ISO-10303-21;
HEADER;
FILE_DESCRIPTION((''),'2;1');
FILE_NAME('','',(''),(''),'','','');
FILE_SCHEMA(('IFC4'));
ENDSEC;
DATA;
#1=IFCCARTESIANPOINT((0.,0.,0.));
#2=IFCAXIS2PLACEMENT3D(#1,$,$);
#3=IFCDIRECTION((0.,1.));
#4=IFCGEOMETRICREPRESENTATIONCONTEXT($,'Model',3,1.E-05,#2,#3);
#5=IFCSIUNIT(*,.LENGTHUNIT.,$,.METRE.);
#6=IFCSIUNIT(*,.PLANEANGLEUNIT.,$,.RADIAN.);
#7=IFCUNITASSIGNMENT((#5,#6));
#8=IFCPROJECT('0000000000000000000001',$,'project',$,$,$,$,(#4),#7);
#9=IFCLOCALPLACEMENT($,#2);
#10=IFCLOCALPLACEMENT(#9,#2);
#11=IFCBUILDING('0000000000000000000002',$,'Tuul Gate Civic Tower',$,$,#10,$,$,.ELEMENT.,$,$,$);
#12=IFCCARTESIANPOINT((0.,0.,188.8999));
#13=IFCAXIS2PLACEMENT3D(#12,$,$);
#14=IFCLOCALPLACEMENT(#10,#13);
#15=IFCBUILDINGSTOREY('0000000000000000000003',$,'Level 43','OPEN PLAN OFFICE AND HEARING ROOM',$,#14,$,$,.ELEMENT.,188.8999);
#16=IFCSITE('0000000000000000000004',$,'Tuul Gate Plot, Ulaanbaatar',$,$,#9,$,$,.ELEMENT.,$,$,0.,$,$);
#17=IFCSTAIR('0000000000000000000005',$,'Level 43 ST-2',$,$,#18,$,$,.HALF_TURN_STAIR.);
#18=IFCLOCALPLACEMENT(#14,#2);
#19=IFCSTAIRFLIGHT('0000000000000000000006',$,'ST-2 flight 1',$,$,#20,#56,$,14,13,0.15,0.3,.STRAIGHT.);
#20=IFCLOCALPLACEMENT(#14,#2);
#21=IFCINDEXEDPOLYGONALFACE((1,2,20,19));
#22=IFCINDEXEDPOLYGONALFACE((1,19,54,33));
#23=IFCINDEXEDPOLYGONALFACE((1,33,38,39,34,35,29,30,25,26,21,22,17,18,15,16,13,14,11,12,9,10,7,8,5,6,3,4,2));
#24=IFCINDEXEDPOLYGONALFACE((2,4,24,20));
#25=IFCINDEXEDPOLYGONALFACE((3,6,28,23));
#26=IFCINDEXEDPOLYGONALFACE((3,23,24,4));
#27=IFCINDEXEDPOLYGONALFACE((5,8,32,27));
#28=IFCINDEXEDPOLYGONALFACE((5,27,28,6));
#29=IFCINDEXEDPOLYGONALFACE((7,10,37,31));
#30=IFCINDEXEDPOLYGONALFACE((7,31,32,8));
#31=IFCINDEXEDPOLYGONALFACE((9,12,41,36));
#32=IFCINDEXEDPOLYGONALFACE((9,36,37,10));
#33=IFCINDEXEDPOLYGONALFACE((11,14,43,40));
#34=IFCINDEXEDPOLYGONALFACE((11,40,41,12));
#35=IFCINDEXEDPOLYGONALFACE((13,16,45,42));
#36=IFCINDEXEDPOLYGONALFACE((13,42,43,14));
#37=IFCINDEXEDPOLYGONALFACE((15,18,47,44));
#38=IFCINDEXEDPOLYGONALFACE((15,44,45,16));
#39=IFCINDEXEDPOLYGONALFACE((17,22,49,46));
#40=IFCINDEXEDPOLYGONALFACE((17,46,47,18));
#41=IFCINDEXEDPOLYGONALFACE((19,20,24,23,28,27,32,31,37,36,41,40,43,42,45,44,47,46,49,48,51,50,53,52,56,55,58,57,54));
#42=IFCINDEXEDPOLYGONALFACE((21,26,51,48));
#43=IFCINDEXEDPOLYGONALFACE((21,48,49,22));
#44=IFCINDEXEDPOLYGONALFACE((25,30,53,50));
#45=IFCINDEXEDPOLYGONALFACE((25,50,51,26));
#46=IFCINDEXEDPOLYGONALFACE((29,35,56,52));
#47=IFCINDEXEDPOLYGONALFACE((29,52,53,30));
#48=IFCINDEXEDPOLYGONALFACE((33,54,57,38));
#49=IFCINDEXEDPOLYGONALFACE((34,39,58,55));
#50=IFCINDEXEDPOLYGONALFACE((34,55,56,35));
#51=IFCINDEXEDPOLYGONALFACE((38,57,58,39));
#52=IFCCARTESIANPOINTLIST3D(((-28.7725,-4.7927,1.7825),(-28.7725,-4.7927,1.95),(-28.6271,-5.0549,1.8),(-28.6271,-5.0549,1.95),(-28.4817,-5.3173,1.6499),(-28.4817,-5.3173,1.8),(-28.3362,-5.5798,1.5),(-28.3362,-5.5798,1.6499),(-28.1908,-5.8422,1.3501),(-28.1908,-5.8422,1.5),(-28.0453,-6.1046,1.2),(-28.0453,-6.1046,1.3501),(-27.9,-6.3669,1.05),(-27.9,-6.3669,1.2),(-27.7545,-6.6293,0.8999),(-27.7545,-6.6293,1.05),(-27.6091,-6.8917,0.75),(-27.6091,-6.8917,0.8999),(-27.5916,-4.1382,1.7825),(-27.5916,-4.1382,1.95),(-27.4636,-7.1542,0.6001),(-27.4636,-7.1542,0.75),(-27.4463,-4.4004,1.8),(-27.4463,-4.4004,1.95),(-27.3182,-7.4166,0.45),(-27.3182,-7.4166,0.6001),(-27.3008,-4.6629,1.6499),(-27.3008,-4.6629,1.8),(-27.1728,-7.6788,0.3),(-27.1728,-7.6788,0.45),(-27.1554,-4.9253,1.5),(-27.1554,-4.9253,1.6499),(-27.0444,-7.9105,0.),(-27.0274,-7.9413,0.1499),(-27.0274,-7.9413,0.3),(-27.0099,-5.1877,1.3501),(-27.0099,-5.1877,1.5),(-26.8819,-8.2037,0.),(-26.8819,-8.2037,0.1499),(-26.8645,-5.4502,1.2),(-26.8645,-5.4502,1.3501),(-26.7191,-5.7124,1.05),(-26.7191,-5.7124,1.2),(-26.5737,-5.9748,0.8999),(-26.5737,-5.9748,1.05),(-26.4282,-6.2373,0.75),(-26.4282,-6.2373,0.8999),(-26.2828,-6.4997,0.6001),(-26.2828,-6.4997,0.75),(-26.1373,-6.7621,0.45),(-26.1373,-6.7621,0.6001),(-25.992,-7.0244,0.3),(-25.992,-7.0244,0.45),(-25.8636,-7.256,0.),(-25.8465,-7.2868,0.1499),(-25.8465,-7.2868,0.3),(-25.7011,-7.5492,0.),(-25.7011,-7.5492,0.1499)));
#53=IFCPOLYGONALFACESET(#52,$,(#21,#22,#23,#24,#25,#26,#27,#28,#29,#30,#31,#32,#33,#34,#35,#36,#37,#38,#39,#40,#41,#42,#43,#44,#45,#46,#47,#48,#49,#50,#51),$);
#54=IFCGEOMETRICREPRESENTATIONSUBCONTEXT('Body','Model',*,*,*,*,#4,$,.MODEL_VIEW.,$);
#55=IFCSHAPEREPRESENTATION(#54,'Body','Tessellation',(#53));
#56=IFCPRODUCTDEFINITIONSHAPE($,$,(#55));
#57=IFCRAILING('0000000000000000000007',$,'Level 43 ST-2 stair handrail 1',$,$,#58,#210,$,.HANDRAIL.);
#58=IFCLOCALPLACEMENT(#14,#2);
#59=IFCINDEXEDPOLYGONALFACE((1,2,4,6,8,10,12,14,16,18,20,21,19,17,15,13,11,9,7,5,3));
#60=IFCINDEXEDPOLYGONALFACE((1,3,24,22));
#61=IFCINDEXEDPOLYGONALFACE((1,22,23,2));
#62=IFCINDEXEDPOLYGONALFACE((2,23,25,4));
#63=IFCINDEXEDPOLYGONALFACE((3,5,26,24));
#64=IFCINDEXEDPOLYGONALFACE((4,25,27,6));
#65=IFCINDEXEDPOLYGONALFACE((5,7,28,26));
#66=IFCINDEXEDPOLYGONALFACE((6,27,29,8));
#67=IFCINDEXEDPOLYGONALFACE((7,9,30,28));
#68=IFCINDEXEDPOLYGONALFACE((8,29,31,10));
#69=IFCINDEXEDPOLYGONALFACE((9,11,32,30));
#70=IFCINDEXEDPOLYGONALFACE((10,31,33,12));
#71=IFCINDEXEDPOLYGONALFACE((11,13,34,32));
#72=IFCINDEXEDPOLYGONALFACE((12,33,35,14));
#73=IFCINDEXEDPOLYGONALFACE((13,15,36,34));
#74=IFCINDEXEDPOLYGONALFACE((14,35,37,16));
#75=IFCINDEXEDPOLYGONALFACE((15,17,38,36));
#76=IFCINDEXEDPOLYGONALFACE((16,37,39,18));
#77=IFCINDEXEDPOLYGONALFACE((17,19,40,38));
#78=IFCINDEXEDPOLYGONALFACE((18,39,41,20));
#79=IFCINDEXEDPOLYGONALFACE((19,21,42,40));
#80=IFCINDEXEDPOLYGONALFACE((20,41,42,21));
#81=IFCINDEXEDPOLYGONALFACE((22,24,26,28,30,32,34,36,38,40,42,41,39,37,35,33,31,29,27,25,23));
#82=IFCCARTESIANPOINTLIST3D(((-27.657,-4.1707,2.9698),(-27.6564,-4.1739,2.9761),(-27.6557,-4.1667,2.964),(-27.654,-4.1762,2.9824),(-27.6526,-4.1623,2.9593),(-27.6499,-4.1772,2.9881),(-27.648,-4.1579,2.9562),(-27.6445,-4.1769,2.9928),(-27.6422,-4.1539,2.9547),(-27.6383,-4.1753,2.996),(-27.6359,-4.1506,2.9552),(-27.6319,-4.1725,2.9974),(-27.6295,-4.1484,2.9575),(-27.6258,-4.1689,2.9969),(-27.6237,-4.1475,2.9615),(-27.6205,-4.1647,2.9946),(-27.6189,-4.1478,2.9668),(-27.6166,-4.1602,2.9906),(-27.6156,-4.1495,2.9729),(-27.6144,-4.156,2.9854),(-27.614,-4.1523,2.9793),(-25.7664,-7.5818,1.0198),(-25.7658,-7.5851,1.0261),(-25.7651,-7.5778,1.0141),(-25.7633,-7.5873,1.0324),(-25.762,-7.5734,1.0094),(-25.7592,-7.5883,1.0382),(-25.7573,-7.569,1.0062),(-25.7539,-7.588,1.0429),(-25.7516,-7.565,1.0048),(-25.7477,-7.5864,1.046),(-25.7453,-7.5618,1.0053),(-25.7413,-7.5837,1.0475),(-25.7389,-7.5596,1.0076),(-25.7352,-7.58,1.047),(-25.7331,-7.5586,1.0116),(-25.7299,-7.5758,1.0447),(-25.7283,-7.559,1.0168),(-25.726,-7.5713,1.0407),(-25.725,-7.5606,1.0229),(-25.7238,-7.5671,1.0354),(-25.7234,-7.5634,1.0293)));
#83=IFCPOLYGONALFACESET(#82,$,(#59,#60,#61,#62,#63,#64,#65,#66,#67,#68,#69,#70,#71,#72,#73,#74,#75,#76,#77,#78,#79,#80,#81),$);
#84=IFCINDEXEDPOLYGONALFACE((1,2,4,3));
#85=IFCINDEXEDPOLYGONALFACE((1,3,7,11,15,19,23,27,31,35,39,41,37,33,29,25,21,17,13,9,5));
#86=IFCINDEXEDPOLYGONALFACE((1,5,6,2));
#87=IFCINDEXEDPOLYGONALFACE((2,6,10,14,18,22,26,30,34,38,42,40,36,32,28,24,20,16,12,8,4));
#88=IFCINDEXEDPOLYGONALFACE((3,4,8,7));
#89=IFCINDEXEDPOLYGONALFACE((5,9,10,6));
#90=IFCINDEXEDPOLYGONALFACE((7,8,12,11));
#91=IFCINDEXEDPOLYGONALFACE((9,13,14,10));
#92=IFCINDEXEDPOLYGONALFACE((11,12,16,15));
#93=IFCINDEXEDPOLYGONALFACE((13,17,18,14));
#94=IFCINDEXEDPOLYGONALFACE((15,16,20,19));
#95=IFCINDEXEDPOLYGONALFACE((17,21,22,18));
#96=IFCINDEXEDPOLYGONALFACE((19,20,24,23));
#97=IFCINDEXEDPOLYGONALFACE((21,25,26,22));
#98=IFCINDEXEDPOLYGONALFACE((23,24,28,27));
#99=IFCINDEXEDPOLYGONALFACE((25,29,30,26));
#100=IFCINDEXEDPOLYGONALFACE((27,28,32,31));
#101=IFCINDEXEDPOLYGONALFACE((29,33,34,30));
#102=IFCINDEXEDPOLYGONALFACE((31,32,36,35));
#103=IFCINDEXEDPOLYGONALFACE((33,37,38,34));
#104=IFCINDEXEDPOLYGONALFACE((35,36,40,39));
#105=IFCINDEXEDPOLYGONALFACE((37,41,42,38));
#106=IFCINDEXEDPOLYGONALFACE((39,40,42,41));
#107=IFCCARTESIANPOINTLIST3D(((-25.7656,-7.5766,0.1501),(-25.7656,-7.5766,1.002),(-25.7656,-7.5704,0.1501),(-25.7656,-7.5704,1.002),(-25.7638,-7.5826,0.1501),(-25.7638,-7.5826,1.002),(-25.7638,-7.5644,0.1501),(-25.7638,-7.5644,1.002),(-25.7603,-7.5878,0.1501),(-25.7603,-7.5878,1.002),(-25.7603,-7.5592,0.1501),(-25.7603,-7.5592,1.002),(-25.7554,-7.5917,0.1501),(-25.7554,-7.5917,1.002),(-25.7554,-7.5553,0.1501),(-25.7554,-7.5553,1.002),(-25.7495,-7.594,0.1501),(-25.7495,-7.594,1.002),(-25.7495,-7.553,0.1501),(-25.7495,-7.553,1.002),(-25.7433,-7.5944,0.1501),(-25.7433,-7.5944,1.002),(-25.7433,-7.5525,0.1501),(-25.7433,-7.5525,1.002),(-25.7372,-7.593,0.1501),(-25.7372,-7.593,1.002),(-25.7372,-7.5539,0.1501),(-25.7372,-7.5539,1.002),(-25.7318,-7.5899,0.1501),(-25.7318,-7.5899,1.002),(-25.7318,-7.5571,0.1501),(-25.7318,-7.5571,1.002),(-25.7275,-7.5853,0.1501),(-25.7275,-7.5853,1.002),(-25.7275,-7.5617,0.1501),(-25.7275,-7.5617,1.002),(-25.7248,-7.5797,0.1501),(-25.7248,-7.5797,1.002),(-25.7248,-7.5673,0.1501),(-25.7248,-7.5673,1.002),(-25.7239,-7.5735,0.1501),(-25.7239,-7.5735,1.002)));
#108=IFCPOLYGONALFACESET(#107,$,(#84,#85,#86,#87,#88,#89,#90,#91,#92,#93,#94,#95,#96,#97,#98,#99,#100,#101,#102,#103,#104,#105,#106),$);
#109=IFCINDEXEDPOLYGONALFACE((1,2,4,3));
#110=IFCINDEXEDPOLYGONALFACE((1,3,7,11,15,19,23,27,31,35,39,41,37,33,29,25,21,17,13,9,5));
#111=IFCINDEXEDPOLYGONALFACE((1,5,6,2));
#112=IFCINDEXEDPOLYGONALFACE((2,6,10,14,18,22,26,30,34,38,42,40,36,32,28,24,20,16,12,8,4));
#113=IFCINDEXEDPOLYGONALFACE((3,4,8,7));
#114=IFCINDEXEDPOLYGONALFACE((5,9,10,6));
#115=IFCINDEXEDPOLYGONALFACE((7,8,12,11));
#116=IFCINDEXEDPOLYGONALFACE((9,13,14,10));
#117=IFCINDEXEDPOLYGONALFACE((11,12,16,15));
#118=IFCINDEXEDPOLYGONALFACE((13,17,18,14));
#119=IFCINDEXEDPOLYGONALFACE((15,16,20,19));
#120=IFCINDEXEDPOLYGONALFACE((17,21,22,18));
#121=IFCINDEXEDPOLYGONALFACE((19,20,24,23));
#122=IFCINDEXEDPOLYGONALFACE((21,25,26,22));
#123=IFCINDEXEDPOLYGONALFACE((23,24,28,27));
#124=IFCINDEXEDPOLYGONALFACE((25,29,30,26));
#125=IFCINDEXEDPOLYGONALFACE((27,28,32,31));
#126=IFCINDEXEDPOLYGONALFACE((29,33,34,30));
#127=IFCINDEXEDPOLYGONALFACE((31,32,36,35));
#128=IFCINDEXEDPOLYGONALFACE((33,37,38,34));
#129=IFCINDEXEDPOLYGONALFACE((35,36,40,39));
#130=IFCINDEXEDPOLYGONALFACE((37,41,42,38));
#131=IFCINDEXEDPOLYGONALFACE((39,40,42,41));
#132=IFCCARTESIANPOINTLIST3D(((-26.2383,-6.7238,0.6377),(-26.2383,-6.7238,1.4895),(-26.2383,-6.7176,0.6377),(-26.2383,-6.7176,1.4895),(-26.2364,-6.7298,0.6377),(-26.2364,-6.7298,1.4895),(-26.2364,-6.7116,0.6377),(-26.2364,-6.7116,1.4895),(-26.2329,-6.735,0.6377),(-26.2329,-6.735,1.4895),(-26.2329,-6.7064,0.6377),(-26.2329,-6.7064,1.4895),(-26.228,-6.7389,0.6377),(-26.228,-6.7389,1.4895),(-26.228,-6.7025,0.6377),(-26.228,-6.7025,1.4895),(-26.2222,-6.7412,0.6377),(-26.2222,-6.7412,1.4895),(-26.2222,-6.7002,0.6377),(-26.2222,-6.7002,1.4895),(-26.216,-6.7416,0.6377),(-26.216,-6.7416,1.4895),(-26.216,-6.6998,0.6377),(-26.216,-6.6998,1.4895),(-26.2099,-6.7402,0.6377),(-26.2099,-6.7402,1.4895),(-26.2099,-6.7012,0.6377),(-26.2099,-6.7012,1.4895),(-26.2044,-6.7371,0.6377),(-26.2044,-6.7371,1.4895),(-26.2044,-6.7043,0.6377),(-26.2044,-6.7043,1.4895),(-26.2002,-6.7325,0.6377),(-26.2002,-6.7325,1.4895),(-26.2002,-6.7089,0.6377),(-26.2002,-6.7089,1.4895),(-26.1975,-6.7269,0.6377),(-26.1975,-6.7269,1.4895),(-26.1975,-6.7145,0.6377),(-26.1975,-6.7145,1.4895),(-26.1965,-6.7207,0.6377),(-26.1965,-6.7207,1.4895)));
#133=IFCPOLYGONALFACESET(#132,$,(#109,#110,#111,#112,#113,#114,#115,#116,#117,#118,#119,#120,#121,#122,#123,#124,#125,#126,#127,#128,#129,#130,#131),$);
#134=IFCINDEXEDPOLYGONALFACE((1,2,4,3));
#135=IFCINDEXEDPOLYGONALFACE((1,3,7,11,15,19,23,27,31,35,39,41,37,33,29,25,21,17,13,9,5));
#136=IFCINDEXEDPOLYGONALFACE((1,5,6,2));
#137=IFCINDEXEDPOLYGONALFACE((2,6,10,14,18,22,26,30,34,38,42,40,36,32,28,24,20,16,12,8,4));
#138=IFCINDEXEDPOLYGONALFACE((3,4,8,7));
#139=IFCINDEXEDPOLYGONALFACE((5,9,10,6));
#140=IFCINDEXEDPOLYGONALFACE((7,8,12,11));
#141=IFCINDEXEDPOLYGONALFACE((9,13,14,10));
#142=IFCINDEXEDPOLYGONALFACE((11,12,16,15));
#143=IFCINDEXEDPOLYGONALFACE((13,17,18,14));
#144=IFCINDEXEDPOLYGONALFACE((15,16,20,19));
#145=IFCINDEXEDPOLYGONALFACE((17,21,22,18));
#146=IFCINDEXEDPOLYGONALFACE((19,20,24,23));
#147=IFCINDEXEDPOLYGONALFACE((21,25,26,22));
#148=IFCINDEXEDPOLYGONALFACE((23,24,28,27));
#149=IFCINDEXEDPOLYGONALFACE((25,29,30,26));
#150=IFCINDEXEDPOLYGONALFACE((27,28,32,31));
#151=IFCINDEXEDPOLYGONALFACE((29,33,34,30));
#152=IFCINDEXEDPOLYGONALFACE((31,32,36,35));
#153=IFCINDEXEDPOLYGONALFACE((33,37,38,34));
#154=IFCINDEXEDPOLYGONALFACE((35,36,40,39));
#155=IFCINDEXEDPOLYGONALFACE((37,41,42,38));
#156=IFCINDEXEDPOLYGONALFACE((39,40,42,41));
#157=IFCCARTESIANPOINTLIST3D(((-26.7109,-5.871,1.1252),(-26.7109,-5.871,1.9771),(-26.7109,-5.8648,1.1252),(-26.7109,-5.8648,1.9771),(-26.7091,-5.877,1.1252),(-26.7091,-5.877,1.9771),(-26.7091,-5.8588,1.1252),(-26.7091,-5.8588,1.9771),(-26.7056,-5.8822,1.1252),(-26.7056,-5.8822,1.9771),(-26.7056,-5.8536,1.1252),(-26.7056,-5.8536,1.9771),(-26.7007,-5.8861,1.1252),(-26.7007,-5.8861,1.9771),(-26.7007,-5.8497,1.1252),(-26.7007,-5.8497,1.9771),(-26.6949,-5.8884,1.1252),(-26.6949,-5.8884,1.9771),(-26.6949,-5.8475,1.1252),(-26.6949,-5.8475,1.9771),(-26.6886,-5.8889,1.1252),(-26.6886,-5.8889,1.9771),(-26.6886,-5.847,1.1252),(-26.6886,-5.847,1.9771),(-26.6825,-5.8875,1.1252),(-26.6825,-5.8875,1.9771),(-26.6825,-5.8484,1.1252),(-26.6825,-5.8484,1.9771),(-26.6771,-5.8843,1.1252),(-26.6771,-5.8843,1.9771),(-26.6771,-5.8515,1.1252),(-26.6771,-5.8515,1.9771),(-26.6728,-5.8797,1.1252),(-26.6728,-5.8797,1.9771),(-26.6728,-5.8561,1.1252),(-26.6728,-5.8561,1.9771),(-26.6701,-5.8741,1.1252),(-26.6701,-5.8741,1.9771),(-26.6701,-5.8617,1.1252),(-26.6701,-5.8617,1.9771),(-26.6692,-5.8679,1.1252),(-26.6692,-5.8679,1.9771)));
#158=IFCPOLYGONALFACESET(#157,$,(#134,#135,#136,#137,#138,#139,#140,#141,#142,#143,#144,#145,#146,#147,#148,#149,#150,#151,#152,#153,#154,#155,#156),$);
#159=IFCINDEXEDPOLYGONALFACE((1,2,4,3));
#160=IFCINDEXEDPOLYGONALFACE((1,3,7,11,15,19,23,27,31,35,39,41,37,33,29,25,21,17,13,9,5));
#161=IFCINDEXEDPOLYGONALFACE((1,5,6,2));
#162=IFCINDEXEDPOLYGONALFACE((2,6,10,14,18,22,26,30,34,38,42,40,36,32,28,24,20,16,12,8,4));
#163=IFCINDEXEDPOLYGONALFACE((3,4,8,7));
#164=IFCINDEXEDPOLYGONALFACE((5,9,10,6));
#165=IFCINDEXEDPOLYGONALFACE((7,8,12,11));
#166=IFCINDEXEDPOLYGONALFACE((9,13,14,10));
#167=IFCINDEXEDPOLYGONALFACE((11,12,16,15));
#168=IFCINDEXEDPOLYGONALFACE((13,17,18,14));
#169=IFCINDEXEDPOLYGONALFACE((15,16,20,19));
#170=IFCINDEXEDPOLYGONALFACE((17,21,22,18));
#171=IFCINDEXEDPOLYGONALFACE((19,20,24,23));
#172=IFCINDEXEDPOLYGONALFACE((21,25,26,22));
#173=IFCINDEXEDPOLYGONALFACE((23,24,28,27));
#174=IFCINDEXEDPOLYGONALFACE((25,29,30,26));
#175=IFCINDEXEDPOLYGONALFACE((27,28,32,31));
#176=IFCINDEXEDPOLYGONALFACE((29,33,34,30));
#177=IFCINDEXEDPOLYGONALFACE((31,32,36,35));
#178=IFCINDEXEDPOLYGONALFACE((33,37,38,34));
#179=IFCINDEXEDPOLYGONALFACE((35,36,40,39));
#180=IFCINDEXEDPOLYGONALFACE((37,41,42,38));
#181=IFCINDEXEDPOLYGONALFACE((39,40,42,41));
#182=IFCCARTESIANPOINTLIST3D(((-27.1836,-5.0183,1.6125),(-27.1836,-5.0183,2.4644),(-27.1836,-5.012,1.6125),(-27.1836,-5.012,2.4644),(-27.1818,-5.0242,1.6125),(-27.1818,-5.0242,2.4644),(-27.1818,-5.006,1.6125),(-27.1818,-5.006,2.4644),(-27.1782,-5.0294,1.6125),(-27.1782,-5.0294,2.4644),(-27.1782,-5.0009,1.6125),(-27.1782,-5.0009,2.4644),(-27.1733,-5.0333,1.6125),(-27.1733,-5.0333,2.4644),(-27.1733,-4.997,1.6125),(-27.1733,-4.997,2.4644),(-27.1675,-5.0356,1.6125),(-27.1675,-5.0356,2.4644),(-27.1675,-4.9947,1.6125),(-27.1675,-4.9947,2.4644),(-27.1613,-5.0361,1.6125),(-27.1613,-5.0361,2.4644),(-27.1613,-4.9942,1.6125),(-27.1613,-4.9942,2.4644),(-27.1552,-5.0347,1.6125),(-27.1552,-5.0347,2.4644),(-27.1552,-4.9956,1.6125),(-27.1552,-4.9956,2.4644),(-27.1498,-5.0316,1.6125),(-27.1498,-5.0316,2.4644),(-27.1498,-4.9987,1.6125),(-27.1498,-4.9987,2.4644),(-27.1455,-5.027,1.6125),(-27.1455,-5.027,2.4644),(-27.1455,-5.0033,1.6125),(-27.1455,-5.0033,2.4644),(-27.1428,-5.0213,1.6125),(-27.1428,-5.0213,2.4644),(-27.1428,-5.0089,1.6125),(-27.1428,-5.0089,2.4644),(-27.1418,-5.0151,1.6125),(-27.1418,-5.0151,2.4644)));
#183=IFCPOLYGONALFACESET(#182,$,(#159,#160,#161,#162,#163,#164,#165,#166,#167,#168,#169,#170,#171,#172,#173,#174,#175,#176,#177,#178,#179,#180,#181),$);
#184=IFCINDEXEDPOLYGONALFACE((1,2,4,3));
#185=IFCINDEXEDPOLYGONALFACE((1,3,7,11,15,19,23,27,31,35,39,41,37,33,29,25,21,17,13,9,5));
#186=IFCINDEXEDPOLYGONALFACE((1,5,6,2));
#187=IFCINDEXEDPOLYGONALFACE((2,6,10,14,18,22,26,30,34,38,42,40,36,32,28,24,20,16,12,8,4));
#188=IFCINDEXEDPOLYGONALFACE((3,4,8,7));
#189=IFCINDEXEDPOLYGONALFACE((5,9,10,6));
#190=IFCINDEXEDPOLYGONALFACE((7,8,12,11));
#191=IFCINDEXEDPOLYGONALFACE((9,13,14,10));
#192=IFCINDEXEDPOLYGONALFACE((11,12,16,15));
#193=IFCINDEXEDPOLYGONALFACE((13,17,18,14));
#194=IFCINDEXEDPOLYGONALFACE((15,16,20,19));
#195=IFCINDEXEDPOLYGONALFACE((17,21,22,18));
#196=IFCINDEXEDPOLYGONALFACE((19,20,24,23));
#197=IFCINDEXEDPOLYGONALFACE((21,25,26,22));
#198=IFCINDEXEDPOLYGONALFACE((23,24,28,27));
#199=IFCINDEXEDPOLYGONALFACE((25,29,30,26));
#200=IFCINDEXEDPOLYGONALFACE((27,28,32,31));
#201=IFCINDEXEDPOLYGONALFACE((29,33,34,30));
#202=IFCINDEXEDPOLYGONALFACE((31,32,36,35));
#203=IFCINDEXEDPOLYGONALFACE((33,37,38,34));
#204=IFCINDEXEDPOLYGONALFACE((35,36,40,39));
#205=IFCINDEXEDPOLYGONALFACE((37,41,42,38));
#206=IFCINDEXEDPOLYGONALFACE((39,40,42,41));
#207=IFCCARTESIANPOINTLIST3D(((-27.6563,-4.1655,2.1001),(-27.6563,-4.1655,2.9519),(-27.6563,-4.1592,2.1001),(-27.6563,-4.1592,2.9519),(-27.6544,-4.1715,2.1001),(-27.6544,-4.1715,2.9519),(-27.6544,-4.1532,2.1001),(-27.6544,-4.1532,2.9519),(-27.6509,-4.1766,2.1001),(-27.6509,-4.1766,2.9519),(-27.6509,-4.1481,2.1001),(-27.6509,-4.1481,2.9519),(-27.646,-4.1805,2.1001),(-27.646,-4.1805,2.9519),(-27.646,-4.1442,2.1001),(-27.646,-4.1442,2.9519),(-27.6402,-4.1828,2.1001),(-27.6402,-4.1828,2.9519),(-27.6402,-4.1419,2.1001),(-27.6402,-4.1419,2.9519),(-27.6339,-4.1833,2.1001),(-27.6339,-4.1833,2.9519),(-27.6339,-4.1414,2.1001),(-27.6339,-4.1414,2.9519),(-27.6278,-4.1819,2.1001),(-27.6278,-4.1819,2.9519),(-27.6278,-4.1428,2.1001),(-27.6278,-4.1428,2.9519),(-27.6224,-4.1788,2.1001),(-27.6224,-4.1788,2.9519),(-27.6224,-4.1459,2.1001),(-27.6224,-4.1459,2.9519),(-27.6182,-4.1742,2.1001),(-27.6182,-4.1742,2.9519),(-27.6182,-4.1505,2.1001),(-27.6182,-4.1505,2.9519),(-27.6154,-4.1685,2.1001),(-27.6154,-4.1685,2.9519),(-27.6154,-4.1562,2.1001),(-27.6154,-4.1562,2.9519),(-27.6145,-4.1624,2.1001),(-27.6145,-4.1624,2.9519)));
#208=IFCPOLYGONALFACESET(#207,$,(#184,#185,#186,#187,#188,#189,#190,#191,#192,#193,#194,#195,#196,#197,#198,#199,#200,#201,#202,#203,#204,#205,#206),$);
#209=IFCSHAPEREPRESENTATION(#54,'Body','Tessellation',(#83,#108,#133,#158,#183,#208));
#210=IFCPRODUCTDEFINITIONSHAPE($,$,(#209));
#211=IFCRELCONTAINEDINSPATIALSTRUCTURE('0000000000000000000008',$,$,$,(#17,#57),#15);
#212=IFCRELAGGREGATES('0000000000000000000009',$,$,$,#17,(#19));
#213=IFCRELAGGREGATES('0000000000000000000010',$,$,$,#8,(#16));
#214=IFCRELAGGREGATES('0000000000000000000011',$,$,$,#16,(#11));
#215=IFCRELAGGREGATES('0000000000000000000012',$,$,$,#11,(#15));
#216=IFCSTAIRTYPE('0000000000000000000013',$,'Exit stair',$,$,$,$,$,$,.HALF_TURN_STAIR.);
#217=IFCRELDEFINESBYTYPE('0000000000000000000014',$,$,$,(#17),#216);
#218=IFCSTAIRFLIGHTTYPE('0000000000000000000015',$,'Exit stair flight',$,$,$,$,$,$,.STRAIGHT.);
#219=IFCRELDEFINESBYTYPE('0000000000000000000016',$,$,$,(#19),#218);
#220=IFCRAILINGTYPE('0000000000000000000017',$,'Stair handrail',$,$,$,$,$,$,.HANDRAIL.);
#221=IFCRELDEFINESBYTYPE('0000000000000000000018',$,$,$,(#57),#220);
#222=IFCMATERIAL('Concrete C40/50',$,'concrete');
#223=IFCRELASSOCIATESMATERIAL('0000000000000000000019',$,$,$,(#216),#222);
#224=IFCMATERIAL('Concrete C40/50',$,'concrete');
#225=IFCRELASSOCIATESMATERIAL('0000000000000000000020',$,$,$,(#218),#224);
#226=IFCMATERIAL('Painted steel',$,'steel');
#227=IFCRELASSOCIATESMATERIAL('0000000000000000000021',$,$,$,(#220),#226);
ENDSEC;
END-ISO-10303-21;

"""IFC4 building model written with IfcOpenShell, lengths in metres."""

from ifc_helpers import new_model, si_unit, direction, frame, origin, origin_2d, place, context, subcontext, project, spatial, polyline, circle, outline, extrude, material, type_object, element, aggregate, save


model = new_model("IFC4")

# Units and contexts
model_context = context("Model", 3, precision=1e-05, world=origin(), true_north=direction((0.0, 1.0)))
body_context = subcontext(model_context, "Body", "Model", "MODEL_VIEW")
ifc_project = project(units=[si_unit("LENGTHUNIT", "METRE"), si_unit("PLANEANGLEUNIT", "RADIAN")], contexts=[model_context])

# Site, building, storey
site_placement = place(None, origin())
site = spatial("IfcSite", under=ifc_project, at=site_placement, Name="Tuul Gate Plot, Ulaanbaatar", CompositionType="ELEMENT", RefElevation=0.0)
building_placement = place(site_placement, origin())
building = spatial("IfcBuilding", under=site, at=building_placement, Name="Tuul Gate Civic Tower", CompositionType="ELEMENT")
storey_placement = place(building_placement, frame((0.0, 0.0, 188.8999)))
storey = spatial("IfcBuildingStorey", under=building, at=storey_placement, Name="Level 43", Description="OPEN PLAN OFFICE AND HEARING ROOM", CompositionType="ELEMENT", Elevation=188.8999)

# Stair, stair flight
ifc_material_1 = material(Name="Concrete C40/50", Category="concrete")
stair_type = type_object("IfcStairType", Name="Exit stair", PredefinedType="HALF_TURN_STAIR", material=ifc_material_1)
stair_placement = place(storey_placement, origin())
stair = element("IfcStair", 1, at=stair_placement, inside=storey, type_object=stair_type, Name="Level 43 ST-2", PredefinedType="HALF_TURN_STAIR")
ifc_material_2 = material(Name="Concrete C40/50", Category="concrete")
stair_flight_type = type_object("IfcStairFlightType", Name="Exit stair flight", PredefinedType="STRAIGHT", material=ifc_material_2)
stair_flight_placement = place(storey_placement, frame((-26.2915, -7.8765, 0.0), z_axis=(0.0, 0.0, 1.0), x_axis=(-0.484762, 0.874646, 0.0)))
stair_flight = element("IfcStairFlight", 2, at=stair_flight_placement, type_object=stair_flight_type, Name="ST-2 flight 1", NumberOfRisers=14, NumberOfTreads=13, PredefinedType="STRAIGHT", RiserHeight=0.15, TreadLength=0.3, context=body_context, shape_type="SweptSolid", body=[
    extrude(outline(polyline([(0.0, 0.0), (0.0, 0.1499), (0.3, 0.1499), (0.3, 0.3), (0.6001, 0.3), (0.6001, 0.45), (0.8999, 0.45), (0.8999, 0.6001), (1.2, 0.6001), (1.2, 0.75), (1.5, 0.75), (1.5, 0.8999), (1.8, 0.8999), (1.8, 1.05), (2.1001, 1.05), (2.1001, 1.2), (2.3999, 1.2), (2.3999, 1.3501), (2.7, 1.3501), (2.7, 1.5), (3.0, 1.5), (3.0, 1.6499), (3.3, 1.6499), (3.3, 1.8), (3.6001, 1.8), (3.6001, 1.95), (3.8999, 1.95), (3.8999, 2.1001), (3.8999, 1.7825), (0.3352, 0.0), (0.0, 0.0)])), frame((0.0, 0.675, 0.0), z_axis=(0.0, -1.0, 0.0), x_axis=(1.0, 0.0, 0.0)), (0.0, 0.0, 1.0), 1.3501),
])
aggregate(stair, [stair_flight])

# Railing
ifc_material_3 = material(Name="Painted steel", Category="steel")
railing_type_1 = type_object("IfcRailingType", Name="Stair handrail", PredefinedType="HANDRAIL", material=ifc_material_3)
railing_1_placement = place(storey_placement, frame((-25.7449, -7.5735, 0.1501)))
element("IfcRailing", 3, at=railing_1_placement, inside=storey, type_object=railing_type_1, Name="Level 43 ST-2 stair handrail 1", PredefinedType="HANDRAIL", context=body_context, shape_type="SweptSolid", body=[
    extrude(circle(Radius=0.0239, at=origin_2d()), frame((0.0, 0.0, 0.876), z_axis=(-0.433595, 0.782308, 0.447201), x_axis=(-0.874641, -0.484771, 0.0)), (0.0, 0.0, 1.0), 4.3604),
    extrude(circle(Radius=0.021, at=origin_2d()), origin(), (0.0, 0.0, 1.0), 0.8518),
    extrude(circle(Radius=0.021, at=origin_2d()), frame((-0.4727, 0.8528, 0.4875)), (0.0, 0.0, 1.0), 0.8518),
    extrude(circle(Radius=0.021, at=origin_2d()), frame((-0.9453, 1.7056, 0.9751)), (0.0, 0.0, 1.0), 0.8518),
    extrude(circle(Radius=0.021, at=origin_2d()), frame((-1.418, 2.5583, 1.4624)), (0.0, 0.0, 1.0), 0.8518),
    extrude(circle(Radius=0.021, at=origin_2d()), frame((-1.8906, 3.4111, 1.95)), (0.0, 0.0, 1.0), 0.8518),
])

save(model, "model.ifc")
